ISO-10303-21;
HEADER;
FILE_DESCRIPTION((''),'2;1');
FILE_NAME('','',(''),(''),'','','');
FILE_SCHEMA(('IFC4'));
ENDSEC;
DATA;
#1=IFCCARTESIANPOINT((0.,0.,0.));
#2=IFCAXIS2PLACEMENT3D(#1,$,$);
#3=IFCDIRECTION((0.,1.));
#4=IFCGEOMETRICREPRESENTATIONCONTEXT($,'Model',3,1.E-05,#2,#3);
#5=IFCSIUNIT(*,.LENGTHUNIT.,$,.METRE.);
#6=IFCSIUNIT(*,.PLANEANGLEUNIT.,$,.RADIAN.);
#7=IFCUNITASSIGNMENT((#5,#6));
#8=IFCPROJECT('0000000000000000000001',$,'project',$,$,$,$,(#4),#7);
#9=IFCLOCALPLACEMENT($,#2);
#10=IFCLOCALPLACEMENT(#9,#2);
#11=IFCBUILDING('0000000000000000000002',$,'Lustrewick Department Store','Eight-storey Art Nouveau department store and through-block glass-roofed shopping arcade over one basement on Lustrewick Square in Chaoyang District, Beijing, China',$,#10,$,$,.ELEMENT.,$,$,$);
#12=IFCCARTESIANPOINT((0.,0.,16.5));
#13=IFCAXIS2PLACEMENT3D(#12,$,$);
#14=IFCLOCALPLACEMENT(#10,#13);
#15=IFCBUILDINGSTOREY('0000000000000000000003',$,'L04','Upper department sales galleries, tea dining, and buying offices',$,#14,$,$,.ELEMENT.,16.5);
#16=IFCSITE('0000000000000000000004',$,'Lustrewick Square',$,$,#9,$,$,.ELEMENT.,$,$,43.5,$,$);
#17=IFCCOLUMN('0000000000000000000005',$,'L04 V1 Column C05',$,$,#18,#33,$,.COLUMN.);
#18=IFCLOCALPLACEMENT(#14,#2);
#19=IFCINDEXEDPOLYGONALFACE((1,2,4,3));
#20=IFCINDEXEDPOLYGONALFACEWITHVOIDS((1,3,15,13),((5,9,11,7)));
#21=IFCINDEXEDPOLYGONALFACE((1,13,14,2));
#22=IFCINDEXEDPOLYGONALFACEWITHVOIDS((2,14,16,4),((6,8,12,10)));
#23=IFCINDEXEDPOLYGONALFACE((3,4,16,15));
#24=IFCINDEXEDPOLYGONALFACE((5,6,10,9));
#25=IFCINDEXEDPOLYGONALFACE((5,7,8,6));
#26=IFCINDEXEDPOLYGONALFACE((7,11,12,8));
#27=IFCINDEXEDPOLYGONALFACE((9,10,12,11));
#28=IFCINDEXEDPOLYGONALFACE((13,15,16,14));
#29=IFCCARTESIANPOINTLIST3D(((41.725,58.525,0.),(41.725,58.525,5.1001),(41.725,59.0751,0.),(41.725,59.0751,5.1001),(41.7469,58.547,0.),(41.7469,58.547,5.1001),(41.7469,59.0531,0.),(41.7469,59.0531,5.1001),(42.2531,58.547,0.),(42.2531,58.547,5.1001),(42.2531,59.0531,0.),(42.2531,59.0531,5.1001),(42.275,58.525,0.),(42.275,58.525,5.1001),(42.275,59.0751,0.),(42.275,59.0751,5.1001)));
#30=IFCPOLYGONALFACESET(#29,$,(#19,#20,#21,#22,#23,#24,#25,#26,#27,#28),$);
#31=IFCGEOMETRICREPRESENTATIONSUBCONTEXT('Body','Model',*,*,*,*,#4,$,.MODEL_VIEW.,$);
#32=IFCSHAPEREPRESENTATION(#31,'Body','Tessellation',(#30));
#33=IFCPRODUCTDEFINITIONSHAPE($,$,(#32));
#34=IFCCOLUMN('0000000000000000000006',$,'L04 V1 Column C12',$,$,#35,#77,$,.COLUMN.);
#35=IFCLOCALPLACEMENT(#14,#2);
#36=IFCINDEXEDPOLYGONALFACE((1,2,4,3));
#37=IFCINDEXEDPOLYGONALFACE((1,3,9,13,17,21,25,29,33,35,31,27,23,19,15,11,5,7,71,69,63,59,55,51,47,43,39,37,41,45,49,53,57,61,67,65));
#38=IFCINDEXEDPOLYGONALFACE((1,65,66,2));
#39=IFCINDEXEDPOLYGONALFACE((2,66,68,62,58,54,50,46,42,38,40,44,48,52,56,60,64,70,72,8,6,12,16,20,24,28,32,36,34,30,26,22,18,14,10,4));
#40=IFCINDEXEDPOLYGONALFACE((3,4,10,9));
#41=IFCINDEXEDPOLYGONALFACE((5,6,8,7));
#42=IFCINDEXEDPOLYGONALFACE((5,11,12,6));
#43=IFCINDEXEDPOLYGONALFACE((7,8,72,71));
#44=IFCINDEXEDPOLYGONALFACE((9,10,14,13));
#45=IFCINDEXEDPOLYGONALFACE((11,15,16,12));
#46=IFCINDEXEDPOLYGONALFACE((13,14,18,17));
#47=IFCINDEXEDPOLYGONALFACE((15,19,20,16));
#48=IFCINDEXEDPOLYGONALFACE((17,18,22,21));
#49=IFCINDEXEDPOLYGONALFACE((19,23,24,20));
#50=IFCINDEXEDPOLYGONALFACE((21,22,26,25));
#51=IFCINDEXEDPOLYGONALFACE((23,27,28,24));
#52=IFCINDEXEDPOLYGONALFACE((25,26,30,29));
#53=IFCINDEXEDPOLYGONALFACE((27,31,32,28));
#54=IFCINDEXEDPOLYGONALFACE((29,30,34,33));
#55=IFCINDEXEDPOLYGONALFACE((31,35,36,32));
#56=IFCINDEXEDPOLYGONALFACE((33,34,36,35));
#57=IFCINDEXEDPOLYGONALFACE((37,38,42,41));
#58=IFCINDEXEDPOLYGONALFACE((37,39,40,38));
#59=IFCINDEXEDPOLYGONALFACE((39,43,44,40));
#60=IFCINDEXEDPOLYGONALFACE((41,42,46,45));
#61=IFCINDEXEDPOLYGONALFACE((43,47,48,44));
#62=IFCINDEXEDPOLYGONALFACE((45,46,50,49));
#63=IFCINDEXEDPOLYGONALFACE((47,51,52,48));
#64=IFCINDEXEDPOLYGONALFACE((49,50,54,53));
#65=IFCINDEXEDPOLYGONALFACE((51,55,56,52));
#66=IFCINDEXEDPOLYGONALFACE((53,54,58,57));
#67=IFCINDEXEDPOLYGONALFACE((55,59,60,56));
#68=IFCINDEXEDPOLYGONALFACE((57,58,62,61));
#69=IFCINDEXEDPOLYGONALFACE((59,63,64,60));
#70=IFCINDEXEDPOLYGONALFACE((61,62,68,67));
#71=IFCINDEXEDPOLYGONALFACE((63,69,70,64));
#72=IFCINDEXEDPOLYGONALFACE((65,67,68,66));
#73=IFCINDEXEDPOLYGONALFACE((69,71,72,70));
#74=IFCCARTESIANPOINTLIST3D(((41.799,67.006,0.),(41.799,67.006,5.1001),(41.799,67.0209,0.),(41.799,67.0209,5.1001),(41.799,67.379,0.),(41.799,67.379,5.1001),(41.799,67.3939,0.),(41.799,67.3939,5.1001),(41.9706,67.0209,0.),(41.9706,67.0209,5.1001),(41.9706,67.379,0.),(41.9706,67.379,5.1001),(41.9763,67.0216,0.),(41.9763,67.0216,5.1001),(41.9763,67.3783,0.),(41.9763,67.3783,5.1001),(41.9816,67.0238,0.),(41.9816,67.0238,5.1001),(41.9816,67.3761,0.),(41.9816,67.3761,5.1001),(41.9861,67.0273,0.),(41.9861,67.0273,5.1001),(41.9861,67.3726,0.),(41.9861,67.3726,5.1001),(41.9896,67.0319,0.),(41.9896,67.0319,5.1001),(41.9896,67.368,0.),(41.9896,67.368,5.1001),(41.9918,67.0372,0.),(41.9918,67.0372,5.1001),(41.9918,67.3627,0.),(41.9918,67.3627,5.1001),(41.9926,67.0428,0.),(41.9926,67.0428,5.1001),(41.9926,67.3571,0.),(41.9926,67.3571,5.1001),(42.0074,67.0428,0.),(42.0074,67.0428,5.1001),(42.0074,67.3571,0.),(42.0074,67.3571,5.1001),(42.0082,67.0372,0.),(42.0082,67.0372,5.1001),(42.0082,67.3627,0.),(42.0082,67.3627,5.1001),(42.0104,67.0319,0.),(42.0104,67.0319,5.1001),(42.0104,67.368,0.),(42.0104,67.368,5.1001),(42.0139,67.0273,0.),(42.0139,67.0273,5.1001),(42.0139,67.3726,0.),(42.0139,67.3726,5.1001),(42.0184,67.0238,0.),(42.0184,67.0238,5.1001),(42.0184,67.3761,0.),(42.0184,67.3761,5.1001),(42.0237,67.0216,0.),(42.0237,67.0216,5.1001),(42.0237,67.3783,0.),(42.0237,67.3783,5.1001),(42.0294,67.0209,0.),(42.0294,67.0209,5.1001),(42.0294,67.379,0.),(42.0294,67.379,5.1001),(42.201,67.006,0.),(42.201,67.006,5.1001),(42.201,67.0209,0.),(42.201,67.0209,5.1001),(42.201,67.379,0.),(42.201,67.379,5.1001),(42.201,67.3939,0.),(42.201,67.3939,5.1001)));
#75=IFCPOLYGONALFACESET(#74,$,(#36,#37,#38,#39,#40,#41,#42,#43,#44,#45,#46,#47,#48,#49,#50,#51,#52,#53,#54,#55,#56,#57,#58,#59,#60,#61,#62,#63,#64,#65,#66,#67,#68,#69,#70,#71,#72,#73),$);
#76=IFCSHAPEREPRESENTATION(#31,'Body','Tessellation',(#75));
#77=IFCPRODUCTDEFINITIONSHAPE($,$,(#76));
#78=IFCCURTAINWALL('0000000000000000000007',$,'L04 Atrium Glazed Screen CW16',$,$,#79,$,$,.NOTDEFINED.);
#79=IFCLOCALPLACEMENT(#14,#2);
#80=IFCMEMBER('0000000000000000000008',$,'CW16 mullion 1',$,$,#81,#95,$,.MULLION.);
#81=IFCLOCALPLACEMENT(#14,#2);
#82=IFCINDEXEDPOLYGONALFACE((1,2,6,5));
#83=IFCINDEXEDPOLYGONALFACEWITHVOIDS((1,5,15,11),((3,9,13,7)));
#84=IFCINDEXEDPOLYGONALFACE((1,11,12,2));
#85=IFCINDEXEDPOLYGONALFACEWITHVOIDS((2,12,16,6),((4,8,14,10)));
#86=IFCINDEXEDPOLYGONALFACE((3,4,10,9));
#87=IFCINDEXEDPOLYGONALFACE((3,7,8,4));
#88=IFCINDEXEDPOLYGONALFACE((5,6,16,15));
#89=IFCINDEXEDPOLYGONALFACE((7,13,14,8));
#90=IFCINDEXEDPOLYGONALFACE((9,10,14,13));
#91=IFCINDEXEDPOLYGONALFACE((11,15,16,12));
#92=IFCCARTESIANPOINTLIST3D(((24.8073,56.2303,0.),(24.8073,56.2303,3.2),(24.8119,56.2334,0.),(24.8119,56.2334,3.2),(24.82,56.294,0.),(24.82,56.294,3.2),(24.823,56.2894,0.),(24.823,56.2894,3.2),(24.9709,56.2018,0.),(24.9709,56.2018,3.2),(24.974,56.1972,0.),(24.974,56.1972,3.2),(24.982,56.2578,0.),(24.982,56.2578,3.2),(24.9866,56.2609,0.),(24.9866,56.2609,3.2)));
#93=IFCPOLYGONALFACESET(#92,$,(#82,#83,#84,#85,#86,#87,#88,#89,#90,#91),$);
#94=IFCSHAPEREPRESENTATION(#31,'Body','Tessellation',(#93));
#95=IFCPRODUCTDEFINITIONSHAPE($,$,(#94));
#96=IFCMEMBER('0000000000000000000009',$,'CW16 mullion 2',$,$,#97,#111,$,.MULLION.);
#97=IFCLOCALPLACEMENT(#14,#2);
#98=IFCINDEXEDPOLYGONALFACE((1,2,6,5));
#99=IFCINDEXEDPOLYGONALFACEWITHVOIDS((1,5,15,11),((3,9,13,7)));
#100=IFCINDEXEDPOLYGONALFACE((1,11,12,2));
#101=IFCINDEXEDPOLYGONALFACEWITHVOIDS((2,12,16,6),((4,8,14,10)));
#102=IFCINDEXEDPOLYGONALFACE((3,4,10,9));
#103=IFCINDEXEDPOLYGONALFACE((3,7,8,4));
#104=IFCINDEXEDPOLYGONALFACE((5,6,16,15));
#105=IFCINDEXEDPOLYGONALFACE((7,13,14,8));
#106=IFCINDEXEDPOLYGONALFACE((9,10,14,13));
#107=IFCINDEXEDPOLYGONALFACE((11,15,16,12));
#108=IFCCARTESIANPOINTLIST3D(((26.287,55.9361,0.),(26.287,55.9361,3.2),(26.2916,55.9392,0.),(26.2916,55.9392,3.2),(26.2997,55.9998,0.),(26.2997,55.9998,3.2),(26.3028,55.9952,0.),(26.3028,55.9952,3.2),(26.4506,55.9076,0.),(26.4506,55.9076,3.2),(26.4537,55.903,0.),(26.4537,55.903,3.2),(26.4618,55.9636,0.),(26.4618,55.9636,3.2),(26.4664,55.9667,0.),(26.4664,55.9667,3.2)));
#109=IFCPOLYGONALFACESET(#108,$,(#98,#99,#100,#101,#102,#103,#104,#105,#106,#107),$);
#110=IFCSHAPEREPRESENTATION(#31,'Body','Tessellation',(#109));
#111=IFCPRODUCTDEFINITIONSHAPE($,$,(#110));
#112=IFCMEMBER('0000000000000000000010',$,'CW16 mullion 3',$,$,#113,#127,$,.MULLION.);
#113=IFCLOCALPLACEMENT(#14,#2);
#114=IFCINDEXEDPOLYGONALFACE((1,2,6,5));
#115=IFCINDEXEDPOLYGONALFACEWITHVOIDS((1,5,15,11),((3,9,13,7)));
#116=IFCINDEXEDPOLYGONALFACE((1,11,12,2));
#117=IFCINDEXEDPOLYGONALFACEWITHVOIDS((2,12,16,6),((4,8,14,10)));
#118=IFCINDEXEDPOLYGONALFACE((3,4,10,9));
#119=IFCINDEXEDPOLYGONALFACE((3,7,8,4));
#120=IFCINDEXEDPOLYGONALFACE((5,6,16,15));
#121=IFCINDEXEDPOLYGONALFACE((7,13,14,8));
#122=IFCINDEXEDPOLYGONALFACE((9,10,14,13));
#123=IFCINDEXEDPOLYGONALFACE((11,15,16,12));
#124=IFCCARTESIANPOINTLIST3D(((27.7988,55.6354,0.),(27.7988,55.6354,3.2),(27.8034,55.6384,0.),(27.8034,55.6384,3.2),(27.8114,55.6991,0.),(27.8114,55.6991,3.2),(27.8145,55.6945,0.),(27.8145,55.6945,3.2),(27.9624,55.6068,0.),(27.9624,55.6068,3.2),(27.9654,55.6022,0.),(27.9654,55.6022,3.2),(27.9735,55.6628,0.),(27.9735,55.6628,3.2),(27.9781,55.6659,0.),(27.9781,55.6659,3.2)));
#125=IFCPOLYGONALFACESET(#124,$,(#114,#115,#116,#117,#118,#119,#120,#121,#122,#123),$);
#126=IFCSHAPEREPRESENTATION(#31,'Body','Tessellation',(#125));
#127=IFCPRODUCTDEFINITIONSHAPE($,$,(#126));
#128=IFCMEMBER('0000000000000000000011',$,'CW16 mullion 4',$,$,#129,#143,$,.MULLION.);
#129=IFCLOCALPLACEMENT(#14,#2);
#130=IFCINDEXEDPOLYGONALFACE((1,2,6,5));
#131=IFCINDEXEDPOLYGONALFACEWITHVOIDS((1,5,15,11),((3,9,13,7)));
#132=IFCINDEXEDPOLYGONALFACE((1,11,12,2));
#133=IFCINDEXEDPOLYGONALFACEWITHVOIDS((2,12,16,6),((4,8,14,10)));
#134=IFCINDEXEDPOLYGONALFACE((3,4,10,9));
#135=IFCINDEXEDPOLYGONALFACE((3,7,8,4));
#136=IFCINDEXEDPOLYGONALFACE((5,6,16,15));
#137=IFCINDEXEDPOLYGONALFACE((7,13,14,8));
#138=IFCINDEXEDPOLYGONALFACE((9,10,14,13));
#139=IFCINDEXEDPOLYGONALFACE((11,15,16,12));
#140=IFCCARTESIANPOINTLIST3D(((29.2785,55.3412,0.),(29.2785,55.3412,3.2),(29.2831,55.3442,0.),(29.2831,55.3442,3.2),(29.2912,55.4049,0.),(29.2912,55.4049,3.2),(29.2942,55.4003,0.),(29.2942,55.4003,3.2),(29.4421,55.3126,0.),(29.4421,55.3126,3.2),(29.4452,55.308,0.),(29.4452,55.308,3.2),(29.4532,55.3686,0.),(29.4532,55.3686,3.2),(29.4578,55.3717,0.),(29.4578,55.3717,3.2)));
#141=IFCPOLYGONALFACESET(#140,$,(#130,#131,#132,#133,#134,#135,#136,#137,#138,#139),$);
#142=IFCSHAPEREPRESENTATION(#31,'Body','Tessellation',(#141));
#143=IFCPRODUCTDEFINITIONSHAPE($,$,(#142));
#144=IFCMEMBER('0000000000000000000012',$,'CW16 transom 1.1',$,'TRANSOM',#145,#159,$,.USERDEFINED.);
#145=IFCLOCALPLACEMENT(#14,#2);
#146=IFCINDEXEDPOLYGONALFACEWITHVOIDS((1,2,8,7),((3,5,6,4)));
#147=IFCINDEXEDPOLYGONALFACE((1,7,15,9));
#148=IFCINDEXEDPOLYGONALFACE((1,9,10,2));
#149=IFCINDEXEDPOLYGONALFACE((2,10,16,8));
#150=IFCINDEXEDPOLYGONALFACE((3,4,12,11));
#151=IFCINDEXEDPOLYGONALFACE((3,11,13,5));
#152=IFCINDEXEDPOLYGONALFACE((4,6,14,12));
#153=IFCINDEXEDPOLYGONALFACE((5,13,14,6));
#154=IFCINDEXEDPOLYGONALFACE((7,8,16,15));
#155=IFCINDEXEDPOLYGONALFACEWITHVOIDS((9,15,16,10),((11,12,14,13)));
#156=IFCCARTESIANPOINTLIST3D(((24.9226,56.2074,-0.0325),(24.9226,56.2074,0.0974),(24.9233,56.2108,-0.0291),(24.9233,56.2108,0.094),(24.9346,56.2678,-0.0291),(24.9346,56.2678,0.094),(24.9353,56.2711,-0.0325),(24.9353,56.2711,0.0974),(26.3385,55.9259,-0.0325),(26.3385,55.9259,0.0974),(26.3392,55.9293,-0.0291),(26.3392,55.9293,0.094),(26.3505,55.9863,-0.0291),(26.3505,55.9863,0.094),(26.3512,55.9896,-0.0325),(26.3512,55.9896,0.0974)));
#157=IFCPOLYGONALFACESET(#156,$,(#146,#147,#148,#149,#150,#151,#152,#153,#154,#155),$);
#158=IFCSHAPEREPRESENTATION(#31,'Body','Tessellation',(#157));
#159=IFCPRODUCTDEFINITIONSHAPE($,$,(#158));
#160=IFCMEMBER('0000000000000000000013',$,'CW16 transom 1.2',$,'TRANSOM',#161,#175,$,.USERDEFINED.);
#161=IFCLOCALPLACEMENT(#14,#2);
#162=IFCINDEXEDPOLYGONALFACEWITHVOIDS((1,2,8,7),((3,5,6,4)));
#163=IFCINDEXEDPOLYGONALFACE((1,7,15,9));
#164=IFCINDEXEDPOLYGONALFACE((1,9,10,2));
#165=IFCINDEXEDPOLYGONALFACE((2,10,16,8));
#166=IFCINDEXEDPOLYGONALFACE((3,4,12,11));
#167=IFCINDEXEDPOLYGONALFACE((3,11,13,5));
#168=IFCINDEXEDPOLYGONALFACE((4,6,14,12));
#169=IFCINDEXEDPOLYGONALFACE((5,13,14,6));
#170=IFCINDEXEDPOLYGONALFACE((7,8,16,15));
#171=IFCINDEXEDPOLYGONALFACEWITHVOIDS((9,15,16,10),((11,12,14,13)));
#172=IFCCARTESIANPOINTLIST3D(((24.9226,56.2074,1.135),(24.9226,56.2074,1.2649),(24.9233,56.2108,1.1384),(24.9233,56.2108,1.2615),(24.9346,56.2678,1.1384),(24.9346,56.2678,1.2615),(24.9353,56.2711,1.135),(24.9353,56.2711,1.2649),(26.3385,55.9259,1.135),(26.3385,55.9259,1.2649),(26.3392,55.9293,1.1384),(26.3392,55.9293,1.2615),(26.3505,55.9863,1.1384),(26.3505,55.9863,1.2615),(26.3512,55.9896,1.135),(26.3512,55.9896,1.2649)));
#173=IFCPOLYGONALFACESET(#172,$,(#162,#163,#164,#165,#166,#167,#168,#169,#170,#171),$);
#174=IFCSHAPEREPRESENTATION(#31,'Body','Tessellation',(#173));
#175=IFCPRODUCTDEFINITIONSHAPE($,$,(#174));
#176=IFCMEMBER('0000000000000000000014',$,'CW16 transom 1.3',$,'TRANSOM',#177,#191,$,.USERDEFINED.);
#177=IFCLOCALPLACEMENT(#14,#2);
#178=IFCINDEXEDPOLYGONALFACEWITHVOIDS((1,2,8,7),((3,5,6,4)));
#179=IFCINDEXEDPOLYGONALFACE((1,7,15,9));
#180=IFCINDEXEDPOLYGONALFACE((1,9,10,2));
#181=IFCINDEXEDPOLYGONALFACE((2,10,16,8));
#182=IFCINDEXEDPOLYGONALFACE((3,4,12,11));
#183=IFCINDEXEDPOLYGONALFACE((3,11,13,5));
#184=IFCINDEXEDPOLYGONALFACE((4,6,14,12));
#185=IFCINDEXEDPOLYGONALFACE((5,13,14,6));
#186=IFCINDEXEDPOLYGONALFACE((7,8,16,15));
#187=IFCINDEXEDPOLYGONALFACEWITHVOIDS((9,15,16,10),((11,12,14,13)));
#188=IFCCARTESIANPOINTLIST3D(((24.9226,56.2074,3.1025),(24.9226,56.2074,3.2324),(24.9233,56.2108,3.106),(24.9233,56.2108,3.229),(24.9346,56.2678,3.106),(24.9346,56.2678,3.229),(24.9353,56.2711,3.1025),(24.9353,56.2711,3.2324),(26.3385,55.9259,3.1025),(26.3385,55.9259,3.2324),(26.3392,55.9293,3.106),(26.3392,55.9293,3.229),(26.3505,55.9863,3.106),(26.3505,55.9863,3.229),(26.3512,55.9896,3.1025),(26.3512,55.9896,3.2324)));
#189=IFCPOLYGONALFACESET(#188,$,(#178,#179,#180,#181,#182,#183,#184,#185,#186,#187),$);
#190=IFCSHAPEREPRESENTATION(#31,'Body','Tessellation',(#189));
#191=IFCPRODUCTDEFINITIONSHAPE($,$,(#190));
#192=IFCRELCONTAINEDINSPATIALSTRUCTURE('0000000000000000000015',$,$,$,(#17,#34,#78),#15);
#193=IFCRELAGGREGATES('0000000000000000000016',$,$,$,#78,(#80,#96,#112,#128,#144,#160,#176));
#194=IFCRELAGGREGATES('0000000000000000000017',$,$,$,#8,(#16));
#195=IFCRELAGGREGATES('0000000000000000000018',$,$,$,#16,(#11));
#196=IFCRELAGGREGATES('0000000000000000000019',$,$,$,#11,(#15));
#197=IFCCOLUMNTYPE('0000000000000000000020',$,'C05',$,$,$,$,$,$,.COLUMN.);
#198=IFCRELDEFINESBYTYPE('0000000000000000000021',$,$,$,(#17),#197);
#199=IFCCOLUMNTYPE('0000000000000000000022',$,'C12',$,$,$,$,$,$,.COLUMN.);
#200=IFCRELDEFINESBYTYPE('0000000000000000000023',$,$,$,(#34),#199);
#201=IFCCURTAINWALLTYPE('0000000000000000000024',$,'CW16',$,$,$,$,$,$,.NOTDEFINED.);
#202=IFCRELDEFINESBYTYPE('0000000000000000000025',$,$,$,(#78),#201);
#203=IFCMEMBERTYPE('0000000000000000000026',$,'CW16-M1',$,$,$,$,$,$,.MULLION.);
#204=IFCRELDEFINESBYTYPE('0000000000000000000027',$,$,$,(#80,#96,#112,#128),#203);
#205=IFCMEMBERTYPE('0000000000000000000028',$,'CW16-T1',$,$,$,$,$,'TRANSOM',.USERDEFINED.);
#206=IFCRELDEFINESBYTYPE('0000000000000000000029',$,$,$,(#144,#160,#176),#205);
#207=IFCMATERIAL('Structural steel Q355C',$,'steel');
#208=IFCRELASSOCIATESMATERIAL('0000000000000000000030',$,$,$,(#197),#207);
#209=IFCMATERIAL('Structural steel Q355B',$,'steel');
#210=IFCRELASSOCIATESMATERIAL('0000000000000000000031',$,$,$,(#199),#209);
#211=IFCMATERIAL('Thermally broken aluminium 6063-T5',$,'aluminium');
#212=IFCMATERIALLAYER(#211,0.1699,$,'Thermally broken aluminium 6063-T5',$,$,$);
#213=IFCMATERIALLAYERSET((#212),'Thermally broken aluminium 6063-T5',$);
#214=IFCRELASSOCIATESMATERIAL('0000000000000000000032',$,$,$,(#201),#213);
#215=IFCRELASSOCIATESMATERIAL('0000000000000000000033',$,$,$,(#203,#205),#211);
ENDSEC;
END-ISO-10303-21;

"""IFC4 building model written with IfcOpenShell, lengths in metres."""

from ifc_helpers import new_model, si_unit, direction, frame, origin, origin_2d, place, context, subcontext, project, spatial, hollow_rectangle, i_section, extrude, material, layer, layer_set, material_profile, profile_set, type_object, element, aggregate, save


model = new_model("IFC4")

# Units and contexts
model_context = context("Model", 3, precision=1e-05, world=origin(), true_north=direction((0.0, 1.0)))
body_context = subcontext(model_context, "Body", "Model", "MODEL_VIEW")
ifc_project = project(units=[si_unit("LENGTHUNIT", "METRE"), si_unit("PLANEANGLEUNIT", "RADIAN")], contexts=[model_context])

# Site, building, storey
site_placement = place(None, origin())
site = spatial("IfcSite", under=ifc_project, at=site_placement, Name="Lustrewick Square", CompositionType="ELEMENT", RefElevation=43.5)
building_placement = place(site_placement, origin())
building = spatial("IfcBuilding", under=site, at=building_placement, Name="Lustrewick Department Store", Description="Eight-storey Art Nouveau department store and through-block glass-roofed shopping arcade over one basement on Lustrewick Square in Chaoyang District, Beijing, China", CompositionType="ELEMENT")
storey_placement = place(building_placement, frame((0.0, 0.0, 16.5)))
storey = spatial("IfcBuildingStorey", under=building, at=storey_placement, Name="L04", Description="Upper department sales galleries, tea dining, and buying offices", CompositionType="ELEMENT", Elevation=16.5)

# Columns
ifc_material_1 = material(Name="Structural steel Q355C", Category="steel")
ifc_material_profile_1 = material_profile(ifc_material_1, hollow_rectangle(XDim=0.55, YDim=0.55, WallThickness=0.022, at=origin_2d()), Name="BOX 550x550x22")
ifc_profile_set_1 = profile_set([ifc_material_profile_1], Name="Structural steel Q355C")
column_type_1 = type_object("IfcColumnType", Name="C05", PredefinedType="COLUMN", material=ifc_profile_set_1)
column_1_placement = place(storey_placement, frame((42.0, 58.8, 0.0), z_axis=(0.0, 0.0, 1.0), x_axis=(1.0, 0.0, 0.0)))
element("IfcColumn", 1, at=column_1_placement, inside=storey, type_object=column_type_1, Name="L04 V1 Column C05", PredefinedType="COLUMN", context=body_context, shape_type="SweptSolid", body=[
    extrude(hollow_rectangle(XDim=0.55, YDim=0.55, WallThickness=0.022, at=origin_2d()), origin(), (0.0, 0.0, 1.0), 5.1001),
])
ifc_material_2 = material(Name="Structural steel Q355B", Category="steel")
ifc_material_profile_2 = material_profile(ifc_material_2, i_section(OverallWidth=0.4021, OverallDepth=0.3879, WebThickness=0.0149, FlangeThickness=0.0149, FilletRadius=0.022, at=origin_2d()), Name="HW 388x402x15x15")
ifc_profile_set_2 = profile_set([ifc_material_profile_2], Name="Structural steel Q355B")
column_type_2 = type_object("IfcColumnType", Name="C12", PredefinedType="COLUMN", material=ifc_profile_set_2)
column_2_placement = place(storey_placement, frame((42.0, 67.2, 0.0), z_axis=(0.0, 0.0, 1.0), x_axis=(1.0, 0.0, 0.0)))
element("IfcColumn", 2, at=column_2_placement, inside=storey, type_object=column_type_2, Name="L04 V1 Column C12", PredefinedType="COLUMN", context=body_context, shape_type="SweptSolid", body=[
    extrude(i_section(OverallWidth=0.4021, OverallDepth=0.3879, WebThickness=0.0149, FlangeThickness=0.0149, FilletRadius=0.022, at=origin_2d()), origin(), (0.0, 0.0, 1.0), 5.1001),
])

# Curtain wall, members
ifc_material_3 = material(Name="Thermally broken aluminium 6063-T5", Category="aluminium")
ifc_layer_1 = layer(ifc_material_3, 0.1699, Name="Thermally broken aluminium 6063-T5")
ifc_layer_set_1 = layer_set([ifc_layer_1], Name="Thermally broken aluminium 6063-T5")
curtain_wall_type_1 = type_object("IfcCurtainWallType", Name="CW16", PredefinedType="NOTDEFINED", material=ifc_layer_set_1)
curtain_wall_1_placement = place(storey_placement, origin())
curtain_wall_1 = element("IfcCurtainWall", 3, at=curtain_wall_1_placement, inside=storey, type_object=curtain_wall_type_1, Name="L04 Atrium Glazed Screen CW16", PredefinedType="NOTDEFINED")
ifc_material_profile_3 = material_profile(ifc_material_3, hollow_rectangle(XDim=0.0649, YDim=0.1699, WallThickness=0.0039, at=origin_2d()), Name="ALU-M 65x170x4")
ifc_profile_set_3 = profile_set([ifc_material_profile_3], Name="Thermally broken aluminium 6063-T5")
member_type_1 = type_object("IfcMemberType", Name="CW16-M1", PredefinedType="MULLION", material=ifc_profile_set_3)
member_1_placement = place(storey_placement, frame((24.897, 56.2456, 0.0), z_axis=(0.0, 0.0, 1.0), x_axis=(0.195085, 0.980786, 0.0)))
member_1 = element("IfcMember", 4, at=member_1_placement, type_object=member_type_1, Name="CW16 mullion 1", PredefinedType="MULLION", context=body_context, shape_type="SweptSolid", body=[
    extrude(hollow_rectangle(XDim=0.0649, YDim=0.1699, WallThickness=0.0039, at=origin_2d()), origin(), (0.0, 0.0, 1.0), 3.2),
])
member_2_placement = place(storey_placement, frame((26.3767, 55.9514, 0.0), z_axis=(0.0, 0.0, 1.0), x_axis=(0.195085, 0.980786, 0.0)))
member_2 = element("IfcMember", 5, at=member_2_placement, type_object=member_type_1, Name="CW16 mullion 2", PredefinedType="MULLION", context=body_context, shape_type="SweptSolid", body=[
    extrude(hollow_rectangle(XDim=0.0649, YDim=0.1699, WallThickness=0.0039, at=origin_2d()), origin(), (0.0, 0.0, 1.0), 3.2),
])
member_3_placement = place(storey_placement, frame((27.8884, 55.6506, 0.0), z_axis=(0.0, 0.0, 1.0), x_axis=(0.195085, 0.980786, 0.0)))
member_3 = element("IfcMember", 6, at=member_3_placement, type_object=member_type_1, Name="CW16 mullion 3", PredefinedType="MULLION", context=body_context, shape_type="SweptSolid", body=[
    extrude(hollow_rectangle(XDim=0.0649, YDim=0.1699, WallThickness=0.0039, at=origin_2d()), origin(), (0.0, 0.0, 1.0), 3.2),
])
member_4_placement = place(storey_placement, frame((29.3682, 55.3564, 0.0), z_axis=(0.0, 0.0, 1.0), x_axis=(0.195085, 0.980786, 0.0)))
member_4 = element("IfcMember", 7, at=member_4_placement, type_object=member_type_1, Name="CW16 mullion 4", PredefinedType="MULLION", context=body_context, shape_type="SweptSolid", body=[
    extrude(hollow_rectangle(XDim=0.0649, YDim=0.1699, WallThickness=0.0039, at=origin_2d()), origin(), (0.0, 0.0, 1.0), 3.2),
])
ifc_material_profile_4 = material_profile(ifc_material_3, hollow_rectangle(XDim=0.0649, YDim=0.1299, WallThickness=0.0034, at=origin_2d()), Name="ALU-T 65x130x3.5")
ifc_profile_set_4 = profile_set([ifc_material_profile_4], Name="Thermally broken aluminium 6063-T5")
member_type_2 = type_object("IfcMemberType", Name="CW16-T1", ElementType="TRANSOM", PredefinedType="USERDEFINED", material=ifc_profile_set_4)
member_5_placement = place(storey_placement, frame((24.929, 56.2393, 0.0325), z_axis=(0.980808, -0.194978, 0.0), x_axis=(0.194978, 0.980808, 0.0)))
member_5 = element("IfcMember", 8, at=member_5_placement, type_object=member_type_2, Name="CW16 transom 1.1", ObjectType="TRANSOM", PredefinedType="USERDEFINED", context=body_context, shape_type="SweptSolid", body=[
    extrude(hollow_rectangle(XDim=0.0649, YDim=0.1299, WallThickness=0.0034, at=origin_2d()), origin(), (0.0, 0.0, 1.0), 1.4436),
])
member_6_placement = place(storey_placement, frame((24.929, 56.2393, 1.2), z_axis=(0.980808, -0.194978, 0.0), x_axis=(0.194978, 0.980808, 0.0)))
member_6 = element("IfcMember", 9, at=member_6_placement, type_object=member_type_2, Name="CW16 transom 1.2", ObjectType="TRANSOM", PredefinedType="USERDEFINED", context=body_context, shape_type="SweptSolid", body=[
    extrude(hollow_rectangle(XDim=0.0649, YDim=0.1299, WallThickness=0.0034, at=origin_2d()), origin(), (0.0, 0.0, 1.0), 1.4436),
])
member_7_placement = place(storey_placement, frame((24.929, 56.2393, 3.1675), z_axis=(0.980808, -0.194978, 0.0), x_axis=(0.194978, 0.980808, 0.0)))
member_7 = element("IfcMember", 10, at=member_7_placement, type_object=member_type_2, Name="CW16 transom 1.3", ObjectType="TRANSOM", PredefinedType="USERDEFINED", context=body_context, shape_type="SweptSolid", body=[
    extrude(hollow_rectangle(XDim=0.0649, YDim=0.1299, WallThickness=0.0034, at=origin_2d()), origin(), (0.0, 0.0, 1.0), 1.4436),
])

aggregate(curtain_wall_1, [member_1, member_2, member_3, member_4, member_5, member_6, member_7])

save(model, "model.ifc")
